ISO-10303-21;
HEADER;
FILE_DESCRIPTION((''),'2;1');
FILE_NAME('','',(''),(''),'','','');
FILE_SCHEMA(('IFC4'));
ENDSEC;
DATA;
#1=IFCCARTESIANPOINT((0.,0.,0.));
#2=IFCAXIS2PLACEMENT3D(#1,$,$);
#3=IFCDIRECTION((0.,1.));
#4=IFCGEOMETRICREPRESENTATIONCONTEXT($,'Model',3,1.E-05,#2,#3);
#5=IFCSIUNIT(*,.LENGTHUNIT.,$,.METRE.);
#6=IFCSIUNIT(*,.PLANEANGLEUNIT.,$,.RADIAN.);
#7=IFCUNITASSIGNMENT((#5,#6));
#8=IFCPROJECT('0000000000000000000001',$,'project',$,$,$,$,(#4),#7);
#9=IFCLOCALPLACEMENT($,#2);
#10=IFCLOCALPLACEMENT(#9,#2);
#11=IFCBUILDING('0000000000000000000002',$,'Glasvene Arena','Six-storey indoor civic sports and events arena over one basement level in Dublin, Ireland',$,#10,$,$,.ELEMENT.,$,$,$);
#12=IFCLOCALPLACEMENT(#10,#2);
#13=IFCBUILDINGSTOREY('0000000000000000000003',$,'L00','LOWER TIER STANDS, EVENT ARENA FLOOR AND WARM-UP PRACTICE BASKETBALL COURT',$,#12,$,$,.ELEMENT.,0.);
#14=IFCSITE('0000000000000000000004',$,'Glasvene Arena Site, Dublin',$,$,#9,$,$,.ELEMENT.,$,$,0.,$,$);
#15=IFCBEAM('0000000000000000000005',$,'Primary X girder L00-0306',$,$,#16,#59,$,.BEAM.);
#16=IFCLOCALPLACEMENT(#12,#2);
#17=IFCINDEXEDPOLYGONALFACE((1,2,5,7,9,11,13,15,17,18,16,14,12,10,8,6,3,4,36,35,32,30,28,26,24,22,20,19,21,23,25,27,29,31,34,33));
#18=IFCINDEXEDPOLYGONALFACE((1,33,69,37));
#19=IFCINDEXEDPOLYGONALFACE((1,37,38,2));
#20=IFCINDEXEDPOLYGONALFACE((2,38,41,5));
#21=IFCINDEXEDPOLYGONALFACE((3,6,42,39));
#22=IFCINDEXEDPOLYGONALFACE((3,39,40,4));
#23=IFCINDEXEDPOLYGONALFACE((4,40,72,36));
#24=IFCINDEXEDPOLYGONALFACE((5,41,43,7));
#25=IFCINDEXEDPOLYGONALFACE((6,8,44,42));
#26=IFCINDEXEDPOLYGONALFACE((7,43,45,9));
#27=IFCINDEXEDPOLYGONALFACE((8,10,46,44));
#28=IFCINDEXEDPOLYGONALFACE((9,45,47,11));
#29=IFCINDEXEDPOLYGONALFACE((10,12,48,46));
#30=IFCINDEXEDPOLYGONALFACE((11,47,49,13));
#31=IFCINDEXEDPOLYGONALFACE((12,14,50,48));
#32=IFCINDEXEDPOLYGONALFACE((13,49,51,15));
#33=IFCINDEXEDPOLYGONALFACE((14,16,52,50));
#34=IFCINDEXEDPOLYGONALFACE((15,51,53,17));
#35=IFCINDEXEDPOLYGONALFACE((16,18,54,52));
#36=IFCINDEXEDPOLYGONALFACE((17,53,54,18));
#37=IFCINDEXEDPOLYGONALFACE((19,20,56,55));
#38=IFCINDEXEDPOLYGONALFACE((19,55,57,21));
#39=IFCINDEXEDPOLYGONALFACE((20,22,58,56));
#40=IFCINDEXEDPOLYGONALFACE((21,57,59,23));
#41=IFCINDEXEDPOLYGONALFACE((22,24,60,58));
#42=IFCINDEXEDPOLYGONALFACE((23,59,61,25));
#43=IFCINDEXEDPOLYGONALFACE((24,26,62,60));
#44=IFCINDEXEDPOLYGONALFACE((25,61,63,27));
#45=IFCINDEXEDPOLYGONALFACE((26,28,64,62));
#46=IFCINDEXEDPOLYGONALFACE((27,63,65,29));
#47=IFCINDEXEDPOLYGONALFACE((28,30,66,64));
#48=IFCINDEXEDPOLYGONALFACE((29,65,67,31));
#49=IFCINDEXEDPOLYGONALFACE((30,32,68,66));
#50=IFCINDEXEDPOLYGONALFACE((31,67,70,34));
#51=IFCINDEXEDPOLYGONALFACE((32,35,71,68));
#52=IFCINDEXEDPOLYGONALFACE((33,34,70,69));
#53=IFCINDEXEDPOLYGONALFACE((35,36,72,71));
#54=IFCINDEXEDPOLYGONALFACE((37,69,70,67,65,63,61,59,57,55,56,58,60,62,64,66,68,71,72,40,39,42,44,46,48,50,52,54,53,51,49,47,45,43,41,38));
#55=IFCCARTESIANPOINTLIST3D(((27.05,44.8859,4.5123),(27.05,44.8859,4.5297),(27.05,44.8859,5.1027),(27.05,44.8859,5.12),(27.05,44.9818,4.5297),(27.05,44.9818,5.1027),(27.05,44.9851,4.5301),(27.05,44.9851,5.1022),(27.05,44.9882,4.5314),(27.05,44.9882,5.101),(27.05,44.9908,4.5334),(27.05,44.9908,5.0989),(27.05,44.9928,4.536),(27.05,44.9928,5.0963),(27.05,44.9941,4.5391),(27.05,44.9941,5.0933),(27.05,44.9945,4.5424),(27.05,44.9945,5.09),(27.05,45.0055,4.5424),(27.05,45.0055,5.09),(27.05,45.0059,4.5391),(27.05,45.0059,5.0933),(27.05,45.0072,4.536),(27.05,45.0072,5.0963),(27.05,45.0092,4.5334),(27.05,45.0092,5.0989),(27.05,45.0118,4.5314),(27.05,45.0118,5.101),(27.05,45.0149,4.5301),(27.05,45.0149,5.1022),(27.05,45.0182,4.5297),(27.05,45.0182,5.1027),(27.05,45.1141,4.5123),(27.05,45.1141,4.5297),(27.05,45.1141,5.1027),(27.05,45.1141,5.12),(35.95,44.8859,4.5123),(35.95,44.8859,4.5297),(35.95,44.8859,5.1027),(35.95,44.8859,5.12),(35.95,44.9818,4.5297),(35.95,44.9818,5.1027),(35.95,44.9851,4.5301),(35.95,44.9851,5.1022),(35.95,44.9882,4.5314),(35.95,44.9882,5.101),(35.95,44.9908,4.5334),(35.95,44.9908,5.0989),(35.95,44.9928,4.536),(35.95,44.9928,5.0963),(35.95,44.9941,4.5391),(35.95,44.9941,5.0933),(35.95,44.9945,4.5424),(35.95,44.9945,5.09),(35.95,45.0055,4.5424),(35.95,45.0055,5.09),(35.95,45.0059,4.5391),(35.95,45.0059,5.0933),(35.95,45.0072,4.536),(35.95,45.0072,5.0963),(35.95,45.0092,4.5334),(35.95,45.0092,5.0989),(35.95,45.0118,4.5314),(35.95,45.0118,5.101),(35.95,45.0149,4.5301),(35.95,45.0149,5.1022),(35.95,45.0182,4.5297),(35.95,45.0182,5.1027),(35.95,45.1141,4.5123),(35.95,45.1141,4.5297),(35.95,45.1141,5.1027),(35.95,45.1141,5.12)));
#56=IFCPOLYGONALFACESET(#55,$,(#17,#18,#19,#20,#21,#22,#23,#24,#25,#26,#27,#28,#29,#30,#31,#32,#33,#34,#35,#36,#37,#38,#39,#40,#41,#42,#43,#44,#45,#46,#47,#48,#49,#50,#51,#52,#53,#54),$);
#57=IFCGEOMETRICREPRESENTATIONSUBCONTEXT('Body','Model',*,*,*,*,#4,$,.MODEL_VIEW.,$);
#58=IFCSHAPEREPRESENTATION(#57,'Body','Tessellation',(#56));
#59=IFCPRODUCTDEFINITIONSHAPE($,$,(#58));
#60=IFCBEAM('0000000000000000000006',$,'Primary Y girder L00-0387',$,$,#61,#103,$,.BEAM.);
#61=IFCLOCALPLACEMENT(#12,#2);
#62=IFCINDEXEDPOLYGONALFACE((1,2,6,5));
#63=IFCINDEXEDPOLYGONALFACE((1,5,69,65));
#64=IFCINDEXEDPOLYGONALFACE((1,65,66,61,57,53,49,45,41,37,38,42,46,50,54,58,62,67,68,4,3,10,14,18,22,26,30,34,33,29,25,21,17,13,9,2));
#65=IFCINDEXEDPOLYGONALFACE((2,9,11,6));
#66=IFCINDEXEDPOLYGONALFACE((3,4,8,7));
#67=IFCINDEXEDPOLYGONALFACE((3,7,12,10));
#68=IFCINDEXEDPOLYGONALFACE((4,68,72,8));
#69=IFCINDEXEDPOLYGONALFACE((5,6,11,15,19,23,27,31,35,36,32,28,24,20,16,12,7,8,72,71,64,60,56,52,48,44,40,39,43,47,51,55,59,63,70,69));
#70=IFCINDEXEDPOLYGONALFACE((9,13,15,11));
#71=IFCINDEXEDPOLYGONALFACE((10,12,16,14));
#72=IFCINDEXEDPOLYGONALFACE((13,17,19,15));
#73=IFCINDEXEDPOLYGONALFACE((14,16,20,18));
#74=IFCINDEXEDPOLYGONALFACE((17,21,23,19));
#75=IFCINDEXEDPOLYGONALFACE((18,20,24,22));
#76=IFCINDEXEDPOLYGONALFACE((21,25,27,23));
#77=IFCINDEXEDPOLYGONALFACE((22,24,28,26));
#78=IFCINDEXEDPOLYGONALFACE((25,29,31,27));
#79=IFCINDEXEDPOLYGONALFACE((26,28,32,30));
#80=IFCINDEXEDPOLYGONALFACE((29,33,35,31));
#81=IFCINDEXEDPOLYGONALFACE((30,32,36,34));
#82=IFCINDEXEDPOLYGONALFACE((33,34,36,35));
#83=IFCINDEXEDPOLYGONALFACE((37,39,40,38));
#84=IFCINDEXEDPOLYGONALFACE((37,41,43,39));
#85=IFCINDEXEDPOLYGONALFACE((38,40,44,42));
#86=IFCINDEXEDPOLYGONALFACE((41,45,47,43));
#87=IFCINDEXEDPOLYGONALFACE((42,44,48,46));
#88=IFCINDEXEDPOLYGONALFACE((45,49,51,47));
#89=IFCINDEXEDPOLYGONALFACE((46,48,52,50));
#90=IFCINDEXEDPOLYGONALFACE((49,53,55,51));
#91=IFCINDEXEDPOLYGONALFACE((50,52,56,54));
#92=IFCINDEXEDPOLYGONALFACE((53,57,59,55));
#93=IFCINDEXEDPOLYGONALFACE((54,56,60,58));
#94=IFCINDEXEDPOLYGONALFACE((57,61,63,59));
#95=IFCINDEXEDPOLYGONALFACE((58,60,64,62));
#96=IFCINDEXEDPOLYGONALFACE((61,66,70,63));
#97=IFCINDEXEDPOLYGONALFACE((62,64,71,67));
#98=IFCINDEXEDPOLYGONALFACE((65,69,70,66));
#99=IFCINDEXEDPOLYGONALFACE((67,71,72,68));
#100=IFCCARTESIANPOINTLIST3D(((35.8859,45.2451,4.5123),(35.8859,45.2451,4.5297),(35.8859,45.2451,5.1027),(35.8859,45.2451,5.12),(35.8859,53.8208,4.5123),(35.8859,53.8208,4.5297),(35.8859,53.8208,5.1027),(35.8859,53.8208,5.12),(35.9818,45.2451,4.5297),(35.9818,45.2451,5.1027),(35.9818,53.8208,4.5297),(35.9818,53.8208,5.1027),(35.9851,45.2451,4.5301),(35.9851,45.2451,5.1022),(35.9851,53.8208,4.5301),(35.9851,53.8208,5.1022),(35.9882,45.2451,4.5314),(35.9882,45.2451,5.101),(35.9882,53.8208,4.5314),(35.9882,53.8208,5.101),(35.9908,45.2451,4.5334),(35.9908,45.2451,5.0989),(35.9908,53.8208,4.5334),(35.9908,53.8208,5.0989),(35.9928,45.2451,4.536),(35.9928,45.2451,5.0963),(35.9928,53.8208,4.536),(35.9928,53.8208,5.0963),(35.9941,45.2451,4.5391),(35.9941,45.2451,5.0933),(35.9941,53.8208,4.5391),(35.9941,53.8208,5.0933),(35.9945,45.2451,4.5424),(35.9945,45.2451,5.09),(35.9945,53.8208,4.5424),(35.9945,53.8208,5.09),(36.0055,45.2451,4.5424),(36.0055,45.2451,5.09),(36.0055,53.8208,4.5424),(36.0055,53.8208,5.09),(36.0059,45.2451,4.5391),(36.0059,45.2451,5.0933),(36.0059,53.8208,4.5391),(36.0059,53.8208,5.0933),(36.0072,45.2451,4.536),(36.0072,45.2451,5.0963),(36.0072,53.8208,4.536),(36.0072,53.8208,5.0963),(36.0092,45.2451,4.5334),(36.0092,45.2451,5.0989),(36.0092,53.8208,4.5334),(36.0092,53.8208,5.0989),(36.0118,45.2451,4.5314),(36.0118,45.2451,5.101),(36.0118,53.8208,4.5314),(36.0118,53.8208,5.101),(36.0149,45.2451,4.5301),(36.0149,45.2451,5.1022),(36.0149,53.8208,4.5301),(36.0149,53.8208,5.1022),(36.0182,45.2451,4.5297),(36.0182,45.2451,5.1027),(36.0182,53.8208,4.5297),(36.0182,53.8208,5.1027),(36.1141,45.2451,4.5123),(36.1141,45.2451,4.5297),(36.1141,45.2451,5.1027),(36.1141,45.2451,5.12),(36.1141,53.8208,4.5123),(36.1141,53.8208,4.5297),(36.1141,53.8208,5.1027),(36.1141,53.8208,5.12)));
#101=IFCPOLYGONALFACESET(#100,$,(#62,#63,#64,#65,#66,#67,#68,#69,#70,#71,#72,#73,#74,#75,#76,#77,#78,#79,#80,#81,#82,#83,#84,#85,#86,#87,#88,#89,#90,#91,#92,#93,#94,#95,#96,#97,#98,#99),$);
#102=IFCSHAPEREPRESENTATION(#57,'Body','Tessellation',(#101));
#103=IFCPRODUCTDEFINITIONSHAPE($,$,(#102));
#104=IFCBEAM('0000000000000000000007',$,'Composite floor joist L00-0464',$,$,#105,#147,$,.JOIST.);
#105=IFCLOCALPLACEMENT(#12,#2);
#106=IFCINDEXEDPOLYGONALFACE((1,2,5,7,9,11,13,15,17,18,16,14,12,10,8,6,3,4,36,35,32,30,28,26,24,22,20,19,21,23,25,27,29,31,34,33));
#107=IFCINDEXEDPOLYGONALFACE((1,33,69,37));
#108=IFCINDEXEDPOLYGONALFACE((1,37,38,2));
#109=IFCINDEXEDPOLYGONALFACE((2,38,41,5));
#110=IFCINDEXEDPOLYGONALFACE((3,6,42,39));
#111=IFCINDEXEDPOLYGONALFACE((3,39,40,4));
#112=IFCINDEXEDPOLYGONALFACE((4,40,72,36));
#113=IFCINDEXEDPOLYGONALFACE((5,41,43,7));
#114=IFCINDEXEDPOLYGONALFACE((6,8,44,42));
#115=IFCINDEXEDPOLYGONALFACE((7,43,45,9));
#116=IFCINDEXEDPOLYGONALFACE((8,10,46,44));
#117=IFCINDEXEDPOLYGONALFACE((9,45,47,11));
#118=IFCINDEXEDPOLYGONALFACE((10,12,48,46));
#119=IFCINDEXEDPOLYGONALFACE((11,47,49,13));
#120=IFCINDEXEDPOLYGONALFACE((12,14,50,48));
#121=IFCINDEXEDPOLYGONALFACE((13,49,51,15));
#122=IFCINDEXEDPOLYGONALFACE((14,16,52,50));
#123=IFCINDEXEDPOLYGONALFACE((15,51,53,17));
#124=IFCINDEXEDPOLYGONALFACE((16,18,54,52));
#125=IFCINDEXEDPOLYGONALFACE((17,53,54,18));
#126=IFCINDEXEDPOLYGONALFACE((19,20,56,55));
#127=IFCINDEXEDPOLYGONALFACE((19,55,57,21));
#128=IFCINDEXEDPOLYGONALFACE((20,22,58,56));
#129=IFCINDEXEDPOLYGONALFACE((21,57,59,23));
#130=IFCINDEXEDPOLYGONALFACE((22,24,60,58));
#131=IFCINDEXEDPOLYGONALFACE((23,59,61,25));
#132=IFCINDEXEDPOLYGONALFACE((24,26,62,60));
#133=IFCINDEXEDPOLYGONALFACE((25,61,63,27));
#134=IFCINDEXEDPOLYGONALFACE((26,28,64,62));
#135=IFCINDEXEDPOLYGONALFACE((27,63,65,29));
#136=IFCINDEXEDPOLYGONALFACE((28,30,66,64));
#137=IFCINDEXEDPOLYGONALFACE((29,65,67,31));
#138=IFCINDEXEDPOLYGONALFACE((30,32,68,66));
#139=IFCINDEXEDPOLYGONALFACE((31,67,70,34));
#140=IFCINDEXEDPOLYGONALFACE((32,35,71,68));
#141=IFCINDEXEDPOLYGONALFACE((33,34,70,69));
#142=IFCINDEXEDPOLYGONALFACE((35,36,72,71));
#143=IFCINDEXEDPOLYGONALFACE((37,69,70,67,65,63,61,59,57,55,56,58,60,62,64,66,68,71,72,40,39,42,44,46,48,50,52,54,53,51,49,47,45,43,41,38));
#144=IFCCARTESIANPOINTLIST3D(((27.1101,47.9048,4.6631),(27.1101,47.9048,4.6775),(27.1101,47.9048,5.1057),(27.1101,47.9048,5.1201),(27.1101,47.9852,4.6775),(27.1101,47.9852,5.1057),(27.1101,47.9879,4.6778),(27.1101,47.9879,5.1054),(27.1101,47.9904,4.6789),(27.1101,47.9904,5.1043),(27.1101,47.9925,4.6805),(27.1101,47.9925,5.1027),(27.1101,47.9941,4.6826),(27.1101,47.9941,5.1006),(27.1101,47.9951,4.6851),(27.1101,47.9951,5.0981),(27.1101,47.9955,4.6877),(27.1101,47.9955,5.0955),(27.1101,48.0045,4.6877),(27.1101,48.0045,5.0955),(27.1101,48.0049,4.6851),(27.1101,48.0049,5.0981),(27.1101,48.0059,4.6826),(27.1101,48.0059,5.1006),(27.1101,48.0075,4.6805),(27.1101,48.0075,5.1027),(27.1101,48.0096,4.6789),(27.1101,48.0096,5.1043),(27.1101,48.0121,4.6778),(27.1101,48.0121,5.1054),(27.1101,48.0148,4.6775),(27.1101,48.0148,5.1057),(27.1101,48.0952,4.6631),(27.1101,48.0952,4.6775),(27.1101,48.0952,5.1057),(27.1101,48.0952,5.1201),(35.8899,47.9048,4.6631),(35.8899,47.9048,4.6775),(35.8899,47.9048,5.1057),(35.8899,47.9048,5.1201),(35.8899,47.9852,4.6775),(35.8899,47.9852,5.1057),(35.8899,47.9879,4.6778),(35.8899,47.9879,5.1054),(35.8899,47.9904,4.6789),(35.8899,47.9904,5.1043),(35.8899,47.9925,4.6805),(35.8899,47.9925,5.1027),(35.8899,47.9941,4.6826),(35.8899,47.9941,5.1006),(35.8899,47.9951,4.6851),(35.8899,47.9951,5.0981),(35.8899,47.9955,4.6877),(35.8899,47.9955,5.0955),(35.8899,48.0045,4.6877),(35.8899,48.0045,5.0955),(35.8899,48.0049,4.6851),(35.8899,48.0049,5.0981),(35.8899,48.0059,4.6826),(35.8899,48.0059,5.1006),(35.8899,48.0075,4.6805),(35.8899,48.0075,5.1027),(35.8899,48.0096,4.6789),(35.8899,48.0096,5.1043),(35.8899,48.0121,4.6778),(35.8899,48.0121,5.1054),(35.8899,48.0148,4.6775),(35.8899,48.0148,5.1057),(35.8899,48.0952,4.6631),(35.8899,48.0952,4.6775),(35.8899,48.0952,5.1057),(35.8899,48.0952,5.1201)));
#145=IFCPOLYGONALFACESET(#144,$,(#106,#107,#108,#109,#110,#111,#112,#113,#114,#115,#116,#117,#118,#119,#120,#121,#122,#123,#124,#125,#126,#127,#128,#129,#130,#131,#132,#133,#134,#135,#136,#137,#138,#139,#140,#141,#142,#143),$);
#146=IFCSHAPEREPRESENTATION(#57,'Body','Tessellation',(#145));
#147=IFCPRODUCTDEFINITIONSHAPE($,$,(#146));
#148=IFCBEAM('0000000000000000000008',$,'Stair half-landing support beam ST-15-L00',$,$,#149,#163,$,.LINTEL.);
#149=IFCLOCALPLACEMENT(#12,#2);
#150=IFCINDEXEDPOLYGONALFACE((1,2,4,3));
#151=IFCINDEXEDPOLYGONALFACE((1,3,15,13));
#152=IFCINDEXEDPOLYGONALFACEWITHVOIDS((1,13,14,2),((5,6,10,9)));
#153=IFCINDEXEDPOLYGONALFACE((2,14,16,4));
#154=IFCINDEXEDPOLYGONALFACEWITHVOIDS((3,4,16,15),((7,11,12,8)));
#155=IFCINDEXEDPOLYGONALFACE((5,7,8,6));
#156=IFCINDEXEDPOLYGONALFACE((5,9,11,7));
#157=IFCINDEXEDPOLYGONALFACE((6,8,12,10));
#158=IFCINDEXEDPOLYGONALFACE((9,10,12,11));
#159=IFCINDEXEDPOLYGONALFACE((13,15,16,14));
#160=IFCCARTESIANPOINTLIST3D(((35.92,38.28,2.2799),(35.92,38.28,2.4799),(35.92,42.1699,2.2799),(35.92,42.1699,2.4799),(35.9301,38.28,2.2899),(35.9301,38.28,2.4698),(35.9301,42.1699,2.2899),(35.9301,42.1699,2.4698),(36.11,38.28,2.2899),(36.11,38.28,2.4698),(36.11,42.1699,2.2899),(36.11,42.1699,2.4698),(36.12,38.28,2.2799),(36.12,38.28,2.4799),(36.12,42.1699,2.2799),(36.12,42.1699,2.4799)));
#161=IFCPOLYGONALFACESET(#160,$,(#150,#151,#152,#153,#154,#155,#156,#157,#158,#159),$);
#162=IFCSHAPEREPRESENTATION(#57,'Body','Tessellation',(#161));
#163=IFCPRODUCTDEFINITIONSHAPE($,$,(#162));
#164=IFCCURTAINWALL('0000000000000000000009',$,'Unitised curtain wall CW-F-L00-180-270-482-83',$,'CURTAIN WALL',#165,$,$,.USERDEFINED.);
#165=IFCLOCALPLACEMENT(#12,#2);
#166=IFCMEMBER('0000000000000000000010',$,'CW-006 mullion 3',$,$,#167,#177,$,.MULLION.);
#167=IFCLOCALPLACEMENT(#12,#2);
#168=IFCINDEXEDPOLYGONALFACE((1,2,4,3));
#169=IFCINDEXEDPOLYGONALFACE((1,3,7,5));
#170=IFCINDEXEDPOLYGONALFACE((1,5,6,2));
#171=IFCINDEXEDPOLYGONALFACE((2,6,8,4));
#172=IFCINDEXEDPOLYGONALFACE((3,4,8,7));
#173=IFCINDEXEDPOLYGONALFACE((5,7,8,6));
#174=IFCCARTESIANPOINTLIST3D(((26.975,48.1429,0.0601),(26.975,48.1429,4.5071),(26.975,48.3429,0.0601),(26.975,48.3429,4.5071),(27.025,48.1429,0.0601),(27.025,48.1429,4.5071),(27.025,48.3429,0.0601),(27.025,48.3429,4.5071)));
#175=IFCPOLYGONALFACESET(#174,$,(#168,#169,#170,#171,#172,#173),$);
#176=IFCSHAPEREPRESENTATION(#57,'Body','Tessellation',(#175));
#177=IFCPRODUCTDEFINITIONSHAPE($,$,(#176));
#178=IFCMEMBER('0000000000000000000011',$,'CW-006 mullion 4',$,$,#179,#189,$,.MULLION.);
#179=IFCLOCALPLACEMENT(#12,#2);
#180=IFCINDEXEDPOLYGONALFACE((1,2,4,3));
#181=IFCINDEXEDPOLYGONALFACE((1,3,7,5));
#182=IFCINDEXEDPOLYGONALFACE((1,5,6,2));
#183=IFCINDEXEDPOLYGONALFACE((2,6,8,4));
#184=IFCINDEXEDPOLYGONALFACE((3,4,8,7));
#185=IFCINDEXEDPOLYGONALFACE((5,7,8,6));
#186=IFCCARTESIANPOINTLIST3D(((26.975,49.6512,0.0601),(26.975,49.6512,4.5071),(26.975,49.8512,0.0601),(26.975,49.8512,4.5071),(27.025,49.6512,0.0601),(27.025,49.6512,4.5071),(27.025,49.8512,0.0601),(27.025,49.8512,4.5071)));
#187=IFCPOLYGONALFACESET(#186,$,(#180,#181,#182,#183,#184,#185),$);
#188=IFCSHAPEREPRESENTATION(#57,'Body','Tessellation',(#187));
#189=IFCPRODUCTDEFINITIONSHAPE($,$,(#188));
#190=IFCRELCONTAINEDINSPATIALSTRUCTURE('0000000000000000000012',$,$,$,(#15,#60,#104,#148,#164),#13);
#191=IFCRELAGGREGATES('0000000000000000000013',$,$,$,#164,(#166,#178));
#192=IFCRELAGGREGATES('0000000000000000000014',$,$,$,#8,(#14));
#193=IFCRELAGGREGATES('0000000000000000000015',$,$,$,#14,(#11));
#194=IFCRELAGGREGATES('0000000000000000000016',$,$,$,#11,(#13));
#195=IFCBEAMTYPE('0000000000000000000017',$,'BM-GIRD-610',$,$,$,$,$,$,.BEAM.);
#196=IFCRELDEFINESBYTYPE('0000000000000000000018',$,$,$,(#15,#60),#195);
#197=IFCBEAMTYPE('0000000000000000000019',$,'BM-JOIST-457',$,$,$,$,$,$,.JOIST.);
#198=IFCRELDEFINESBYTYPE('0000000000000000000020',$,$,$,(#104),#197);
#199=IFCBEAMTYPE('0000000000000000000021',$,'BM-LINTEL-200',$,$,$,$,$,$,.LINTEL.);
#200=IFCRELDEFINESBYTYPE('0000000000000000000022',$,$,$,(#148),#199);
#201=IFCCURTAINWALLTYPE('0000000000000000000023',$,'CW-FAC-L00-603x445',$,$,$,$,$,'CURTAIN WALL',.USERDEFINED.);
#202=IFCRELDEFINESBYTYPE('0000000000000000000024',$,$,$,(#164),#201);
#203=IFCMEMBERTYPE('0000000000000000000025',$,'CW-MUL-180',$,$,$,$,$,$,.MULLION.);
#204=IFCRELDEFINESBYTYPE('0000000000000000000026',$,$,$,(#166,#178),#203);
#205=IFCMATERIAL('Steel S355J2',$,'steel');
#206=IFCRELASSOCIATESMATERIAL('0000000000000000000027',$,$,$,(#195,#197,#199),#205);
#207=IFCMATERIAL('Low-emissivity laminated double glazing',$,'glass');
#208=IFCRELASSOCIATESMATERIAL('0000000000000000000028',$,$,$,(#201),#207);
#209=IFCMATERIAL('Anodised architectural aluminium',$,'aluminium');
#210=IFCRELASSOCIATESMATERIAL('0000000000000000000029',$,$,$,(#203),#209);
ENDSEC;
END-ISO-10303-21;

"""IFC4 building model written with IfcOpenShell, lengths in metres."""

from ifc_helpers import new_model, si_unit, direction, frame, origin, origin_2d, place, context, subcontext, project, spatial, rectangle, hollow_rectangle, i_section, extrude, material, material_profile, profile_set, type_object, element, aggregate, save


model = new_model("IFC4")

# Units and contexts
model_context = context("Model", 3, precision=1e-05, world=origin(), true_north=direction((0.0, 1.0)))
body_context = subcontext(model_context, "Body", "Model", "MODEL_VIEW")
ifc_project = project(units=[si_unit("LENGTHUNIT", "METRE"), si_unit("PLANEANGLEUNIT", "RADIAN")], contexts=[model_context])

# Site, building, storey
site_placement = place(None, origin())
site = spatial("IfcSite", under=ifc_project, at=site_placement, Name="Glasvene Arena Site, Dublin", CompositionType="ELEMENT", RefElevation=0.0)
building_placement = place(site_placement, origin())
building = spatial("IfcBuilding", under=site, at=building_placement, Name="Glasvene Arena", Description="Six-storey indoor civic sports and events arena over one basement level in Dublin, Ireland", CompositionType="ELEMENT")
storey_placement = place(building_placement, origin())
storey = spatial("IfcBuildingStorey", under=building, at=storey_placement, Name="L00", Description="LOWER TIER STANDS, EVENT ARENA FLOOR AND WARM-UP PRACTICE BASKETBALL COURT", CompositionType="ELEMENT", Elevation=0.0)

# Shared definitions
ifc_material_1 = material(Name="Steel S355J2", Category="steel")

# Beams
ifc_material_profile_1 = material_profile(ifc_material_1, i_section(OverallWidth=0.2283, OverallDepth=0.6077, WebThickness=0.011, FlangeThickness=0.0173, FilletRadius=0.0127, at=origin_2d()), Name="UKB 610x229x113")
ifc_profile_set_1 = profile_set([ifc_material_profile_1], Name="Steel S355J2")
beam_type_1 = type_object("IfcBeamType", Name="BM-GIRD-610", PredefinedType="BEAM", material=ifc_profile_set_1)
for number, where, z_axis, x_axis, name in (
    (1, (27.05, 45.0, 4.8162), (1.0, 0.0, 0.0), (0.0, 1.0, 0.0), "Primary X girder L00-0306"),
):
    element("IfcBeam", number, at=place(storey_placement, frame(where, z_axis=z_axis, x_axis=x_axis)), inside=storey, type_object=beam_type_1, Name=name, PredefinedType="BEAM", context=body_context, shape_type="SweptSolid", body=[
        extrude(i_section(OverallWidth=0.2283, OverallDepth=0.6077, WebThickness=0.011, FlangeThickness=0.0173, FilletRadius=0.0127, at=origin_2d()), origin(), (0.0, 0.0, 1.0), 8.8999),
    ])
beam_1_placement = place(storey_placement, frame((36.0, 45.2451, 4.8162), z_axis=(0.0, 1.0, 0.0), x_axis=(-1.0, 0.0, 0.0)))
element("IfcBeam", 2, at=beam_1_placement, inside=storey, type_object=beam_type_1, Name="Primary Y girder L00-0387", PredefinedType="BEAM", context=body_context, shape_type="SweptSolid", body=[
    extrude(i_section(OverallWidth=0.2283, OverallDepth=0.6077, WebThickness=0.011, FlangeThickness=0.0173, FilletRadius=0.0127, at=origin_2d()), origin(), (0.0, 0.0, 1.0), 8.5757),
])
ifc_material_profile_2 = material_profile(ifc_material_1, i_section(OverallWidth=0.1904, OverallDepth=0.457, WebThickness=0.009, FlangeThickness=0.0144, FilletRadius=0.0103, at=origin_2d()), Name="UKB 457x191x74")
ifc_profile_set_2 = profile_set([ifc_material_profile_2], Name="Steel S355J2")
beam_type_2 = type_object("IfcBeamType", Name="BM-JOIST-457", PredefinedType="JOIST", material=ifc_profile_set_2)
beam_2_placement = place(storey_placement, frame((27.1101, 48.0, 4.8916), z_axis=(1.0, 0.0, 0.0), x_axis=(0.0, 1.0, 0.0)))
element("IfcBeam", 3, at=beam_2_placement, inside=storey, type_object=beam_type_2, Name="Composite floor joist L00-0464", PredefinedType="JOIST", context=body_context, shape_type="SweptSolid", body=[
    extrude(i_section(OverallWidth=0.1904, OverallDepth=0.457, WebThickness=0.009, FlangeThickness=0.0144, FilletRadius=0.0103, at=origin_2d()), origin(), (0.0, 0.0, 1.0), 8.7798),
])
ifc_material_profile_3 = material_profile(ifc_material_1, hollow_rectangle(XDim=0.2, YDim=0.2, WallThickness=0.01, at=origin_2d()), Name="SHS 200x200x10.0")
ifc_profile_set_3 = profile_set([ifc_material_profile_3], Name="Steel S355J2")
beam_type_3 = type_object("IfcBeamType", Name="BM-LINTEL-200", PredefinedType="LINTEL", material=ifc_profile_set_3)
beam_3_placement = place(storey_placement, frame((36.02, 38.28, 2.3799), z_axis=(0.0, 1.0, 0.0), x_axis=(-1.0, 0.0, 0.0)))
element("IfcBeam", 4, at=beam_3_placement, inside=storey, type_object=beam_type_3, Name="Stair half-landing support beam ST-15-L00", PredefinedType="LINTEL", context=body_context, shape_type="SweptSolid", body=[
    extrude(hollow_rectangle(XDim=0.2, YDim=0.2, WallThickness=0.01, at=origin_2d()), origin(), (0.0, 0.0, 1.0), 3.8899),
])

# Curtain wall, members
ifc_material_2 = material(Name="Low-emissivity laminated double glazing", Category="glass")
curtain_wall_type = type_object("IfcCurtainWallType", Name="CW-FAC-L00-603x445", ElementType="CURTAIN WALL", PredefinedType="USERDEFINED", material=ifc_material_2)
curtain_wall_placement = place(storey_placement, frame((27.0, 45.2261, 0.0)))
curtain_wall = element("IfcCurtainWall", 5, at=curtain_wall_placement, inside=storey, type_object=curtain_wall_type, Name="Unitised curtain wall CW-F-L00-180-270-482-83", ObjectType="CURTAIN WALL", PredefinedType="USERDEFINED")
ifc_material_3 = material(Name="Anodised architectural aluminium", Category="aluminium")
ifc_material_profile_4 = material_profile(ifc_material_3, rectangle(XDim=0.05, YDim=0.2, at=origin_2d()), Name="ALU MULLION 50x200")
ifc_profile_set_4 = profile_set([ifc_material_profile_4], Name="Anodised architectural aluminium")
member_type_1 = type_object("IfcMemberType", Name="CW-MUL-180", PredefinedType="MULLION", material=ifc_profile_set_4)
member_1_placement = place(storey_placement, frame((27.0, 48.2429, 0.0601), z_axis=(0.0, 0.0, 1.0), x_axis=(-1.0, 0.0, 0.0)))
member_1 = element("IfcMember", 6, at=member_1_placement, type_object=member_type_1, Name="CW-006 mullion 3", PredefinedType="MULLION", context=body_context, shape_type="SweptSolid", body=[
    extrude(rectangle(XDim=0.05, YDim=0.2, at=origin_2d()), origin(), (0.0, 0.0, 1.0), 4.447),
])
member_2_placement = place(storey_placement, frame((27.0, 49.7512, 0.0601), z_axis=(0.0, 0.0, 1.0), x_axis=(-1.0, 0.0, 0.0)))
member_2 = element("IfcMember", 7, at=member_2_placement, type_object=member_type_1, Name="CW-006 mullion 4", PredefinedType="MULLION", context=body_context, shape_type="SweptSolid", body=[
    extrude(rectangle(XDim=0.05, YDim=0.2, at=origin_2d()), origin(), (0.0, 0.0, 1.0), 4.447),
])
aggregate(curtain_wall, [member_1, member_2])

save(model, "model.ifc")
